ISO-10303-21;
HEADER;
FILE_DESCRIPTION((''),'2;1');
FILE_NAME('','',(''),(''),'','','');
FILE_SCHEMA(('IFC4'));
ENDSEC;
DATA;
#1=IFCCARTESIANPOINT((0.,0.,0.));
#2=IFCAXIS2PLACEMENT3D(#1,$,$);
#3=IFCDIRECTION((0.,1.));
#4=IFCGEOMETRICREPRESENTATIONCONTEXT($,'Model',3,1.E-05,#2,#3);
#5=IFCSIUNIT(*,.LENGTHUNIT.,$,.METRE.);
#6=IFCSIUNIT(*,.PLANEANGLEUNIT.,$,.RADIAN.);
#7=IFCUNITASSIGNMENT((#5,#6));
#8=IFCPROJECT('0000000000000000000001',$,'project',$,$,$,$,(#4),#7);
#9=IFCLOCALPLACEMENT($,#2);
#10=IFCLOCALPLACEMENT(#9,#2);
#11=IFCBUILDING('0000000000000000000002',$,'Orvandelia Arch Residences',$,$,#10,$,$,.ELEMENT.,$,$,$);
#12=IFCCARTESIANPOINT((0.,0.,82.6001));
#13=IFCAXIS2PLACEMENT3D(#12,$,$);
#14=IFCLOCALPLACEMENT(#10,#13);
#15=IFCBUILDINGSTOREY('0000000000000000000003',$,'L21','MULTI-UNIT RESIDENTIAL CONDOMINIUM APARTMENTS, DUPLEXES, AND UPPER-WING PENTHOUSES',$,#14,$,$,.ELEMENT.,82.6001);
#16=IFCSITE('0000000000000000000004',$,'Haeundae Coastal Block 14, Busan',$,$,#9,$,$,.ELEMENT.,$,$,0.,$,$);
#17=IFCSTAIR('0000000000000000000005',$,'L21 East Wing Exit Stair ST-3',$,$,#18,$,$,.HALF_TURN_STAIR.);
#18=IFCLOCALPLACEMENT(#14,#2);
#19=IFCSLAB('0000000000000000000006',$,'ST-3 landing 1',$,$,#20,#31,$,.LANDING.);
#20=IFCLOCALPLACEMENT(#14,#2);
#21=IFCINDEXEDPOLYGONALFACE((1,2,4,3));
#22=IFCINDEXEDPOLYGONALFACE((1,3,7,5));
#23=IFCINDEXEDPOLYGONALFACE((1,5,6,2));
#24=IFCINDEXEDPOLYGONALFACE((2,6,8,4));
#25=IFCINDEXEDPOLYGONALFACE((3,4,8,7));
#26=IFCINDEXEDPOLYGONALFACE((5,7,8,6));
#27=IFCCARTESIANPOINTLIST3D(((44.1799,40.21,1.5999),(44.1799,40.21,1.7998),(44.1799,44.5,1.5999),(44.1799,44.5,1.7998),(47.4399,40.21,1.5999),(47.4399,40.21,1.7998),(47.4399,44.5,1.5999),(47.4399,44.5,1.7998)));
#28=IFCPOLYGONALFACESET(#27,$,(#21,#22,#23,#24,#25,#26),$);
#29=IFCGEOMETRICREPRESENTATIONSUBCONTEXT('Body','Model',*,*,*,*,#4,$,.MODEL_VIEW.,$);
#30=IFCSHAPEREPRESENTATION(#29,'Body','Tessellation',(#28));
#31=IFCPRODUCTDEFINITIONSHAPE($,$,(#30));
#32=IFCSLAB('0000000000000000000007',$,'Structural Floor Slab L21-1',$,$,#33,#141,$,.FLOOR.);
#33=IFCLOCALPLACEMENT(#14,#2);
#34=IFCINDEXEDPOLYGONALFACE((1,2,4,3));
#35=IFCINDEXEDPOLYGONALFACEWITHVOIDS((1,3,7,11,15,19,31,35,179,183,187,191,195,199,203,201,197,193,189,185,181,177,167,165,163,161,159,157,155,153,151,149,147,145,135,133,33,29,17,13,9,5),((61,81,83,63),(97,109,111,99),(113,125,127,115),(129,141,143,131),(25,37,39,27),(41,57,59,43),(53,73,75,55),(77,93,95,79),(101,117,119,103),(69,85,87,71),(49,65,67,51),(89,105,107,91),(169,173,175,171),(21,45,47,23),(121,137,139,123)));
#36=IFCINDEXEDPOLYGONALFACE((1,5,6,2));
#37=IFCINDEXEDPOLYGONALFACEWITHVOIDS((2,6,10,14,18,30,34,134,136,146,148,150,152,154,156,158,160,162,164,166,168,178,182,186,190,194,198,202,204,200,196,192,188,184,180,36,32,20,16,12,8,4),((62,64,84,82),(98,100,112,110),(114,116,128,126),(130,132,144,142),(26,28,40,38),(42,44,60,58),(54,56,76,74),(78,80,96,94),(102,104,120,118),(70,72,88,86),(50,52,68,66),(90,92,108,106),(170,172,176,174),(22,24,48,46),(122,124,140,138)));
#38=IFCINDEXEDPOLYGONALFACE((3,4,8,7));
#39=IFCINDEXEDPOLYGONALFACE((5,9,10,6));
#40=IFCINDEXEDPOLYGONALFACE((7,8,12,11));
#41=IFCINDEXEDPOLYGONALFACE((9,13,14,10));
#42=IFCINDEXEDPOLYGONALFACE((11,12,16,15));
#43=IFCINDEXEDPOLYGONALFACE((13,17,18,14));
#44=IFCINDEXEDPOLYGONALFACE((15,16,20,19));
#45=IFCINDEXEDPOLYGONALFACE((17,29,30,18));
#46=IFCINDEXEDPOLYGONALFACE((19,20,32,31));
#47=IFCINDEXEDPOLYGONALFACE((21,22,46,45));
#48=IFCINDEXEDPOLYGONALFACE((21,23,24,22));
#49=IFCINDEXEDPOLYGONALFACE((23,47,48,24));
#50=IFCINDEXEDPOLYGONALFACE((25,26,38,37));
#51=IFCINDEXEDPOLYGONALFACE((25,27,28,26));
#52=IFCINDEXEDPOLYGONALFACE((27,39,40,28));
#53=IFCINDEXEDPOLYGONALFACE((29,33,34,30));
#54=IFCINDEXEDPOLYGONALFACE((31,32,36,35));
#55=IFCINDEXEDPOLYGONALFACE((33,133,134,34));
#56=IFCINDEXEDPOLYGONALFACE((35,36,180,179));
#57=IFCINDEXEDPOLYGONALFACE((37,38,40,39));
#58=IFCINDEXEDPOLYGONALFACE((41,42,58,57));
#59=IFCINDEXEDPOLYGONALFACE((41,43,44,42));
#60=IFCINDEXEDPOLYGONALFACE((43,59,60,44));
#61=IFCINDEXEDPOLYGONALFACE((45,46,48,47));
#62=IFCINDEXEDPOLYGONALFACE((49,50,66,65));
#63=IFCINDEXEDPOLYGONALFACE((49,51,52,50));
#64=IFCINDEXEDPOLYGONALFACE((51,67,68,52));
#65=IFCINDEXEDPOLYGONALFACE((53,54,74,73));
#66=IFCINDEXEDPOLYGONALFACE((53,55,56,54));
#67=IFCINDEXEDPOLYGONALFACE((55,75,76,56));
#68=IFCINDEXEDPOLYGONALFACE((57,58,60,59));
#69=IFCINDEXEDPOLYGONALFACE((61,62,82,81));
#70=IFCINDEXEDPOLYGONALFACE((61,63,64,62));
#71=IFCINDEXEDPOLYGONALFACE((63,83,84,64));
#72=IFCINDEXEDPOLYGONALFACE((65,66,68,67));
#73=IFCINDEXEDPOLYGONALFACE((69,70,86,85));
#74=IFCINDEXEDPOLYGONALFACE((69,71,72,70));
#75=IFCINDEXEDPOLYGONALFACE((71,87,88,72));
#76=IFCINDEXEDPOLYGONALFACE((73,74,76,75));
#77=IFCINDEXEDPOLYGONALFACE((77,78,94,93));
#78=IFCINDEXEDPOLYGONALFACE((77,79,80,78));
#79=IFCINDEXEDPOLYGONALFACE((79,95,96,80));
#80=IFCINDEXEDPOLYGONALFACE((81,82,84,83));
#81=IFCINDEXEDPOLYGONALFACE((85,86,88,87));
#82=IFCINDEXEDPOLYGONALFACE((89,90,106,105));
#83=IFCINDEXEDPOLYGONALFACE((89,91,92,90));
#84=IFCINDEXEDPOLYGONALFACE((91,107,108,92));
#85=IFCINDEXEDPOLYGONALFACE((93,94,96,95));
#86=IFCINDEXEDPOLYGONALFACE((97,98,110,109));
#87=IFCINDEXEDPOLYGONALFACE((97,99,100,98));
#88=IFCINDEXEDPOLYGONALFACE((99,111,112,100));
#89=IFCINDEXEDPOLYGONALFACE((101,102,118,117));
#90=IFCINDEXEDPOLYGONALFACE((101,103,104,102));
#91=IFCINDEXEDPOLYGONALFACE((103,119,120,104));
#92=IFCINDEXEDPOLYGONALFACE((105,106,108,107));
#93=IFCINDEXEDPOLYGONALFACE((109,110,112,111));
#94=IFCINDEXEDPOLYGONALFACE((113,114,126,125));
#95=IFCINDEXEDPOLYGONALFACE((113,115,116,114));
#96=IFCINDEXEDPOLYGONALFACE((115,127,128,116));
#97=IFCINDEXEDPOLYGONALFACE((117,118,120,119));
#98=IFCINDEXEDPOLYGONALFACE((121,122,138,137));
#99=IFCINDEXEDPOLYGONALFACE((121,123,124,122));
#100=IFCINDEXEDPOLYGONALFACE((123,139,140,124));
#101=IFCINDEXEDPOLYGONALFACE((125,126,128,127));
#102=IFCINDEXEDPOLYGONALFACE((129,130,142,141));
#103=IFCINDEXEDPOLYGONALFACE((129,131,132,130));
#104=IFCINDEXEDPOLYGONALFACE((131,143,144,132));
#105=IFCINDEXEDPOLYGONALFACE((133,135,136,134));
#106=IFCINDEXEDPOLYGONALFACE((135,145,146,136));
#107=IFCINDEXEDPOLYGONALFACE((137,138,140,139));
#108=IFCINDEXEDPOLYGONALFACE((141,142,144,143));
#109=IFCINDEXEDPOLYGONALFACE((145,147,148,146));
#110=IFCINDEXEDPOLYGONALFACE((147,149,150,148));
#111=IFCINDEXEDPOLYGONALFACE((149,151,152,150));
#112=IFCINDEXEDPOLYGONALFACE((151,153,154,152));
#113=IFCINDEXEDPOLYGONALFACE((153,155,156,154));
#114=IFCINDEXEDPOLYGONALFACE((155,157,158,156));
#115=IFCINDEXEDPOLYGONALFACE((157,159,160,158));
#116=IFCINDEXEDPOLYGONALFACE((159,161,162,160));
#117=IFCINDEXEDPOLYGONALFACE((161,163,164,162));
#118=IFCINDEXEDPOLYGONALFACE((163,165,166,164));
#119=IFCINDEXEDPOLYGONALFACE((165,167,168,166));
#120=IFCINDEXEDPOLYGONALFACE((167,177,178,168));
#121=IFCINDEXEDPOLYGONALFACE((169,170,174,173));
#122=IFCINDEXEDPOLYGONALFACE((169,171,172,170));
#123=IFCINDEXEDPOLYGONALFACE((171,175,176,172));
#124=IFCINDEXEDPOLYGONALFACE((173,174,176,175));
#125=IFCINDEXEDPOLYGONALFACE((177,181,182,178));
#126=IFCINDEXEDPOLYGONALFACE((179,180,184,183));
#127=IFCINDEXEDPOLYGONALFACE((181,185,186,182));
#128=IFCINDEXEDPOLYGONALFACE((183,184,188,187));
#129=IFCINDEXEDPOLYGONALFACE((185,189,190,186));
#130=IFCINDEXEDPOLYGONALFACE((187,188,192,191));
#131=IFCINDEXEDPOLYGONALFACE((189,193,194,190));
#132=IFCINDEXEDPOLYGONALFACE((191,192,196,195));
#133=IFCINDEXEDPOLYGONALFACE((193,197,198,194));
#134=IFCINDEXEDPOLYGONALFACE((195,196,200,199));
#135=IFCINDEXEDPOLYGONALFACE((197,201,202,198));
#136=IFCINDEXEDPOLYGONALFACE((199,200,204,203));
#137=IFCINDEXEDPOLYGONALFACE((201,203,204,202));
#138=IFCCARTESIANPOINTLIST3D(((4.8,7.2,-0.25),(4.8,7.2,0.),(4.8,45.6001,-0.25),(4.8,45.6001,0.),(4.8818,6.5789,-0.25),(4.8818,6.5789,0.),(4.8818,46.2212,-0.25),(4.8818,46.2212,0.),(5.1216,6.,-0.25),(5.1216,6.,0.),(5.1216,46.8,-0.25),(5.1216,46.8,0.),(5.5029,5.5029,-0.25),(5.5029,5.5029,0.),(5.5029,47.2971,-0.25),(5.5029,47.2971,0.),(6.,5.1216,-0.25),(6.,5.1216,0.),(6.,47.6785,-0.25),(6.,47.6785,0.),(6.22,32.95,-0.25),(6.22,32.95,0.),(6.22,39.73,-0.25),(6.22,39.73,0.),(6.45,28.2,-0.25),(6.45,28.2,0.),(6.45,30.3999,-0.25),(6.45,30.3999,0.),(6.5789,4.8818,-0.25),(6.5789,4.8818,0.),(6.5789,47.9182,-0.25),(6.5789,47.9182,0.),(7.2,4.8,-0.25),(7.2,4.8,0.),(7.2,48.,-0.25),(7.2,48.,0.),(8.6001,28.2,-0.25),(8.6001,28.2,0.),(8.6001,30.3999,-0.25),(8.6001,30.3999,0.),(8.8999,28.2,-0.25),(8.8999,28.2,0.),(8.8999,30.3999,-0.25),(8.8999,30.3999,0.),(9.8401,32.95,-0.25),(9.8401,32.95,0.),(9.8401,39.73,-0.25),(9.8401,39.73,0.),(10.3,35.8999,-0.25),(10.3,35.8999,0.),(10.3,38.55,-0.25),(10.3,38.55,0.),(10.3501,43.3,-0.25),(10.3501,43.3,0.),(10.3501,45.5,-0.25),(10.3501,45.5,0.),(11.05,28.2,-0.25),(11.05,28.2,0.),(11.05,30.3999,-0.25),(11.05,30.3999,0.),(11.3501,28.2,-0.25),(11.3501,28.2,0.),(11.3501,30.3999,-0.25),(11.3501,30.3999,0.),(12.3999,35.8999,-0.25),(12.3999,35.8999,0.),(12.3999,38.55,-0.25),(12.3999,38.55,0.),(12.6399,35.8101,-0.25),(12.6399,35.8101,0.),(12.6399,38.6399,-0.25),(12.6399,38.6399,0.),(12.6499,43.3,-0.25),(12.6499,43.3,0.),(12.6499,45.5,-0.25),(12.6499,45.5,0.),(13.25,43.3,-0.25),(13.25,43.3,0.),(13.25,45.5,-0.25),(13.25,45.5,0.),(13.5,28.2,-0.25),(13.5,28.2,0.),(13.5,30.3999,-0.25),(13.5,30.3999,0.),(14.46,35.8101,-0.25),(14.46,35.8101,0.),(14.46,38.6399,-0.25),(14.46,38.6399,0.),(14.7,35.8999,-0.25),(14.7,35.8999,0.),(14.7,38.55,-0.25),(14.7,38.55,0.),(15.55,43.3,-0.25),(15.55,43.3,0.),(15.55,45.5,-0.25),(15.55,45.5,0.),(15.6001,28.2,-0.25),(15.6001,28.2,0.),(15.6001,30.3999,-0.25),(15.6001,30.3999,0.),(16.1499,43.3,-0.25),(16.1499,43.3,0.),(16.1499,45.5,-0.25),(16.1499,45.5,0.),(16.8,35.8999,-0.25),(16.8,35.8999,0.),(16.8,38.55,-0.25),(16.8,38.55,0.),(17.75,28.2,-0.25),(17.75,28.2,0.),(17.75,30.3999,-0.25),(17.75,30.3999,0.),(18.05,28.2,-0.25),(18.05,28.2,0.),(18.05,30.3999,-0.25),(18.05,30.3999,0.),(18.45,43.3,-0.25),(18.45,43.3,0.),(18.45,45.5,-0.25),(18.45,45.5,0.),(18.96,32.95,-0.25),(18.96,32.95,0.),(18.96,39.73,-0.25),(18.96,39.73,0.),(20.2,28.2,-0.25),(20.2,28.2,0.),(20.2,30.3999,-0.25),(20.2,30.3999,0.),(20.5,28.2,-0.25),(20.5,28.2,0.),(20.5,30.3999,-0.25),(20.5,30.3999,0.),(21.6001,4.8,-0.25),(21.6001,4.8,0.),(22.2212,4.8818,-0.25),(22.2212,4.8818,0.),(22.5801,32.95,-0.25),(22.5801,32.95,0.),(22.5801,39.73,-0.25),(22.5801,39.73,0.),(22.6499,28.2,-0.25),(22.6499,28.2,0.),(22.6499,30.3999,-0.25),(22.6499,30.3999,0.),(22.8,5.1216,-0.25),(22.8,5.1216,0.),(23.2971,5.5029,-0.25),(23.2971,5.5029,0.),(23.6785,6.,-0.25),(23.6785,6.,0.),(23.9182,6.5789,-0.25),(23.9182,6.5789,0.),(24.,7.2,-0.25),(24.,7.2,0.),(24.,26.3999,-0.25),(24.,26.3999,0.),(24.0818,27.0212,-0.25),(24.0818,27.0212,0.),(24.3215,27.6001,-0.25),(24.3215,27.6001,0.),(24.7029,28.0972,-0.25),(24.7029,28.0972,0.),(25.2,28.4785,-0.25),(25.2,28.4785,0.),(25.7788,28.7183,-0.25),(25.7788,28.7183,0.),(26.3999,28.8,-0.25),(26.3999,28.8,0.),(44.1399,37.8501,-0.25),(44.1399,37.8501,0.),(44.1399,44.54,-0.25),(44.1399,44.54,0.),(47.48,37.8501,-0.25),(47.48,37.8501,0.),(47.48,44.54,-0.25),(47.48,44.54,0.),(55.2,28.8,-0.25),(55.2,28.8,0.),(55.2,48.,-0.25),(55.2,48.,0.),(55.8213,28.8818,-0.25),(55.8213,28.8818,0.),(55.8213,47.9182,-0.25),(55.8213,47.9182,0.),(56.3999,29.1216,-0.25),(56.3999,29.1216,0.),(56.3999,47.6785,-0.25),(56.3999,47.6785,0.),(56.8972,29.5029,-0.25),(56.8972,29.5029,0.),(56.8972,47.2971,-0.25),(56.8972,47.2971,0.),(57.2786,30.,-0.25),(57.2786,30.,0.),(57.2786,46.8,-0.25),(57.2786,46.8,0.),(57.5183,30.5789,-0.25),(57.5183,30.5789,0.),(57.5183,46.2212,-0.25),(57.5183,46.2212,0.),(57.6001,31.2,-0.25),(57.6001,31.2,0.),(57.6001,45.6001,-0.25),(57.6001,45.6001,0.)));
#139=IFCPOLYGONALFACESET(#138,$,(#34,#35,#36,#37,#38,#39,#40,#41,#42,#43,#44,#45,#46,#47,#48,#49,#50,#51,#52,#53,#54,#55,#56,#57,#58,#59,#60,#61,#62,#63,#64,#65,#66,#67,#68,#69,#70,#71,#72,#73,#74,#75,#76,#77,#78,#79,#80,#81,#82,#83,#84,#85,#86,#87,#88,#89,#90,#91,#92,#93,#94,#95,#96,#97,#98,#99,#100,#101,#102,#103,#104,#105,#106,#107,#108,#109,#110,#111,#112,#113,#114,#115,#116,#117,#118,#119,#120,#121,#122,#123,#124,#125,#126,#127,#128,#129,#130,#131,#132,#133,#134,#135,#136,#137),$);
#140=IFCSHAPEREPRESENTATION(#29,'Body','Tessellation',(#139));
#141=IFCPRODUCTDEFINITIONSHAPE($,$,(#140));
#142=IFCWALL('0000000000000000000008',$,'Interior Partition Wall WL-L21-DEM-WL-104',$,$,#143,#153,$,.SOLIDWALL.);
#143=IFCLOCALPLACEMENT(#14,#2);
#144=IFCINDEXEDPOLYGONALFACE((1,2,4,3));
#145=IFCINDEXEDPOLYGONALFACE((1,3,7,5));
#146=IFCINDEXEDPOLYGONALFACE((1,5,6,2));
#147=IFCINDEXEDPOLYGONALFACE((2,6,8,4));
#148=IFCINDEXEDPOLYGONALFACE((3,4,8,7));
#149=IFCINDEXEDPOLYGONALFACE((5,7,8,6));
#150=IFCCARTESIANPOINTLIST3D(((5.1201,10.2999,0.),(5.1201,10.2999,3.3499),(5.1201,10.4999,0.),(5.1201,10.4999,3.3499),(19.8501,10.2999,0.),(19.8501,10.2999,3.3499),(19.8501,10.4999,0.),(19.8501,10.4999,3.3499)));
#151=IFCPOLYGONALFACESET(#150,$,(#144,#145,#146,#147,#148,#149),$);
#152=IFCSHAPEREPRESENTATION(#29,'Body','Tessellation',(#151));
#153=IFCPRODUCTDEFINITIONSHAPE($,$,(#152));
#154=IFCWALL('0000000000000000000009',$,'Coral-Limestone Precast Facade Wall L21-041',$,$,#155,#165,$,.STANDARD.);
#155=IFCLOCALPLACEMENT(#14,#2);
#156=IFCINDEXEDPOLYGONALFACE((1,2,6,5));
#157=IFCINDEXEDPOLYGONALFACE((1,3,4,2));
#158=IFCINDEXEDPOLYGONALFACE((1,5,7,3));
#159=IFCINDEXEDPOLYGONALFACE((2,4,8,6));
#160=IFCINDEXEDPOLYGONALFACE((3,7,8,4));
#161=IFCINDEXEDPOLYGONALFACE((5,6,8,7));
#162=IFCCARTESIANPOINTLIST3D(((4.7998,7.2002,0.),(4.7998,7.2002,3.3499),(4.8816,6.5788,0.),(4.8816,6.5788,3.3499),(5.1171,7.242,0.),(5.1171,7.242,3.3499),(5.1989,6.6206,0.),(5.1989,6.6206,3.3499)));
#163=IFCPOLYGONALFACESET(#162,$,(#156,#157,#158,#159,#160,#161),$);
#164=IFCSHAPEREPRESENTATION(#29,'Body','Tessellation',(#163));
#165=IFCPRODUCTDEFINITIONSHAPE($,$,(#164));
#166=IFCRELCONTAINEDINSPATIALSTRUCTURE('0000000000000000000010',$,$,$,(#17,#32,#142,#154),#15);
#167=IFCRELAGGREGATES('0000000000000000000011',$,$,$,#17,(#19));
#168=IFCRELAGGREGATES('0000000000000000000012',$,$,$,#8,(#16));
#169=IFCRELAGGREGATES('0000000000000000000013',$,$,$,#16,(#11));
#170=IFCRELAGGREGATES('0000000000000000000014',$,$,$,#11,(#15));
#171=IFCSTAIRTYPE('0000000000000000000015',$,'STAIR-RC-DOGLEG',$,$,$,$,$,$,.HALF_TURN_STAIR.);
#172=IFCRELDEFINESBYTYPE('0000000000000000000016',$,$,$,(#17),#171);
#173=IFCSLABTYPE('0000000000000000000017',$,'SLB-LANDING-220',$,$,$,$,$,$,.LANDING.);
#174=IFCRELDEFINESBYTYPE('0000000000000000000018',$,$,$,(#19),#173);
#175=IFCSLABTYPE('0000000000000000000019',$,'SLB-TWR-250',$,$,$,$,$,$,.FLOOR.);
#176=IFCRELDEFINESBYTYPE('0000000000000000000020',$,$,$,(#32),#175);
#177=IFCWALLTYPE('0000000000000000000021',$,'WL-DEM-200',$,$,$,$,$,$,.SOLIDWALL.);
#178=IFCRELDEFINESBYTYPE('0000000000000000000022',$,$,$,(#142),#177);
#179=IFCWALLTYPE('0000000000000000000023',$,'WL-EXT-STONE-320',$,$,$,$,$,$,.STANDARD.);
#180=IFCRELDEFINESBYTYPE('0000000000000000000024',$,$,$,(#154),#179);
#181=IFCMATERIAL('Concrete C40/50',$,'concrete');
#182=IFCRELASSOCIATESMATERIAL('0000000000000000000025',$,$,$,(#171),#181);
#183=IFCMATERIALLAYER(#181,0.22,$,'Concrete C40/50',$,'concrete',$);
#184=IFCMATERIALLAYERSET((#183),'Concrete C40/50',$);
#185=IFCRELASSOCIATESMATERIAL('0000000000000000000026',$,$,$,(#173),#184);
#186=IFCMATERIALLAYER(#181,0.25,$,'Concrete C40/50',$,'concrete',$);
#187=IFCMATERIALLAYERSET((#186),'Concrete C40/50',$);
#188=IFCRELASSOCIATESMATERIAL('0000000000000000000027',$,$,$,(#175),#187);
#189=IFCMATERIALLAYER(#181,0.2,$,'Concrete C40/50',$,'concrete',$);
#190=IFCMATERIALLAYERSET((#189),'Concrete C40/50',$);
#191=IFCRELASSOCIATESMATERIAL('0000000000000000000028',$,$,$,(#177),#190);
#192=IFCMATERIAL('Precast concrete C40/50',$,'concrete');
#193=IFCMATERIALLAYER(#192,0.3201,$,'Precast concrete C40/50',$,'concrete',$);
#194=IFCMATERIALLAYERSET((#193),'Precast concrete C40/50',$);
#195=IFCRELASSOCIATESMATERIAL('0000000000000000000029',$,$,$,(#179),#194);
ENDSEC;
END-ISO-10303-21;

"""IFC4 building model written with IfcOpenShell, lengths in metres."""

from ifc_helpers import new_model, si_unit, direction, frame, frame_2d, origin, place, context, subcontext, project, spatial, polyline, rectangle, outline, extrude, material, layer, layer_set, type_object, element, aggregate, save


model = new_model("IFC4")

# Units and contexts
model_context = context("Model", 3, precision=1e-05, world=origin(), true_north=direction((0.0, 1.0)))
body_context = subcontext(model_context, "Body", "Model", "MODEL_VIEW")
ifc_project = project(units=[si_unit("LENGTHUNIT", "METRE"), si_unit("PLANEANGLEUNIT", "RADIAN")], contexts=[model_context])

# Site, building, storey
site_placement = place(None, origin())
site = spatial("IfcSite", under=ifc_project, at=site_placement, Name="Haeundae Coastal Block 14, Busan", CompositionType="ELEMENT", RefElevation=0.0)
building_placement = place(site_placement, origin())
building = spatial("IfcBuilding", under=site, at=building_placement, Name="Orvandelia Arch Residences", CompositionType="ELEMENT")
storey_placement = place(building_placement, frame((0.0, 0.0, 82.6001)))
storey = spatial("IfcBuildingStorey", under=building, at=storey_placement, Name="L21", Description="MULTI-UNIT RESIDENTIAL CONDOMINIUM APARTMENTS, DUPLEXES, AND UPPER-WING PENTHOUSES", CompositionType="ELEMENT", Elevation=82.6001)

# Shared definitions
ifc_material_1 = material(Name="Precast concrete C40/50", Category="concrete")

# Stair, slab
ifc_material_2 = material(Name="Concrete C40/50", Category="concrete")
stair_type = type_object("IfcStairType", Name="STAIR-RC-DOGLEG", PredefinedType="HALF_TURN_STAIR", material=ifc_material_2)
ifc_layer_1 = layer(ifc_material_2, 0.22, Name="Concrete C40/50", Category="concrete")
ifc_layer_set_1 = layer_set([ifc_layer_1], Name="Concrete C40/50")
slab_type_1 = type_object("IfcSlabType", Name="SLB-LANDING-220", PredefinedType="LANDING", material=ifc_layer_set_1)
stair_1_placement = place(storey_placement, origin())
stair_1 = element("IfcStair", 1, at=stair_1_placement, inside=storey, type_object=stair_type, Name="L21 East Wing Exit Stair ST-3", PredefinedType="HALF_TURN_STAIR")
slab_1_placement = place(storey_placement, frame((0.0, 0.0, 1.5999)))
slab_1 = element("IfcSlab", 2, at=slab_1_placement, type_object=slab_type_1, Name="ST-3 landing 1", PredefinedType="LANDING", context=body_context, shape_type="SweptSolid", body=[
    extrude(outline(polyline([(47.4399, 40.21), (47.4399, 44.5), (44.1799, 44.5), (44.1799, 40.21), (47.4399, 40.21)])), origin(), (0.0, 0.0, 1.0), 0.2),
])
aggregate(stair_1, [slab_1])

# Slab
ifc_layer_2 = layer(ifc_material_2, 0.25, Name="Concrete C40/50", Category="concrete")
ifc_layer_set_2 = layer_set([ifc_layer_2], Name="Concrete C40/50")
slab_type_2 = type_object("IfcSlabType", Name="SLB-TWR-250", PredefinedType="FLOOR", material=ifc_layer_set_2)
slab_2_placement = place(storey_placement, frame((0.0, 0.0, -0.25)))
element("IfcSlab", 3, at=slab_2_placement, inside=storey, type_object=slab_type_2, Name="Structural Floor Slab L21-1", PredefinedType="FLOOR", context=body_context, shape_type="SweptSolid", body=[
    extrude(outline(polyline([(4.8, 7.2), (4.8818, 6.5789), (5.1216, 6.0), (5.5029, 5.5029), (6.0, 5.1216), (6.5789, 4.8818), (7.2, 4.8), (21.6001, 4.8), (22.2212, 4.8818), (22.8, 5.1216), (23.2971, 5.5029), (23.6785, 6.0), (23.9182, 6.5789), (24.0, 7.2), (24.0, 26.3999), (24.0818, 27.0212), (24.3215, 27.6001), (24.7029, 28.0972), (25.2, 28.4785), (25.7788, 28.7183), (26.3999, 28.8), (55.2, 28.8), (55.8213, 28.8818), (56.3999, 29.1216), (56.8972, 29.5029), (57.2786, 30.0), (57.5183, 30.5789), (57.6001, 31.2), (57.6001, 45.6001), (57.5183, 46.2212), (57.2786, 46.8), (56.8972, 47.2971), (56.3999, 47.6785), (55.8213, 47.9182), (55.2, 48.0), (7.2, 48.0), (6.5789, 47.9182), (6.0, 47.6785), (5.5029, 47.2971), (5.1216, 46.8), (4.8818, 46.2212), (4.8, 45.6001), (4.8, 7.2)]), holes=[polyline([(6.22, 32.95), (9.8401, 32.95), (9.8401, 39.73), (6.22, 39.73), (6.22, 32.95)]), polyline([(18.96, 32.95), (22.5801, 32.95), (22.5801, 39.73), (18.96, 39.73), (18.96, 32.95)]), polyline([(44.1399, 37.8501), (47.48, 37.8501), (47.48, 44.54), (44.1399, 44.54), (44.1399, 37.8501)]), polyline([(12.6399, 35.8101), (14.46, 35.8101), (14.46, 38.6399), (12.6399, 38.6399), (12.6399, 35.8101)]), polyline([(10.3, 35.8999), (12.3999, 35.8999), (12.3999, 38.55), (10.3, 38.55), (10.3, 35.8999)]), polyline([(14.7, 35.8999), (16.8, 35.8999), (16.8, 38.55), (14.7, 38.55), (14.7, 35.8999)]), polyline([(10.3501, 43.3), (12.6499, 43.3), (12.6499, 45.5), (10.3501, 45.5), (10.3501, 43.3)]), polyline([(13.25, 43.3), (15.55, 43.3), (15.55, 45.5), (13.25, 45.5), (13.25, 43.3)]), polyline([(16.1499, 43.3), (18.45, 43.3), (18.45, 45.5), (16.1499, 45.5), (16.1499, 43.3)]), polyline([(6.45, 28.2), (8.6001, 28.2), (8.6001, 30.3999), (6.45, 30.3999), (6.45, 28.2)]), polyline([(8.8999, 28.2), (11.05, 28.2), (11.05, 30.3999), (8.8999, 30.3999), (8.8999, 28.2)]), polyline([(11.3501, 28.2), (13.5, 28.2), (13.5, 30.3999), (11.3501, 30.3999), (11.3501, 28.2)]), polyline([(15.6001, 28.2), (17.75, 28.2), (17.75, 30.3999), (15.6001, 30.3999), (15.6001, 28.2)]), polyline([(18.05, 28.2), (20.2, 28.2), (20.2, 30.3999), (18.05, 30.3999), (18.05, 28.2)]), polyline([(20.5, 28.2), (22.6499, 28.2), (22.6499, 30.3999), (20.5, 30.3999), (20.5, 28.2)])]), origin(), (0.0, 0.0, 1.0), 0.25),
])

# Walls
ifc_layer_3 = layer(ifc_material_2, 0.2, Name="Concrete C40/50", Category="concrete")
ifc_layer_set_3 = layer_set([ifc_layer_3], Name="Concrete C40/50")
wall_type_1 = type_object("IfcWallType", Name="WL-DEM-200", PredefinedType="SOLIDWALL", material=ifc_layer_set_3)
wall_1_placement = place(storey_placement, frame((5.1201, 10.3999, 0.0), z_axis=(0.0, 0.0, 1.0), x_axis=(1.0, 0.0, 0.0)))
element("IfcWall", 4, at=wall_1_placement, inside=storey, type_object=wall_type_1, Name="Interior Partition Wall WL-L21-DEM-WL-104", PredefinedType="SOLIDWALL", context=body_context, shape_type="SweptSolid", body=[
    extrude(rectangle(XDim=14.73, YDim=0.2, at=frame_2d((7.365, 0.0))), origin(), (0.0, 0.0, 1.0), 3.3499),
])
ifc_layer_4 = layer(ifc_material_1, 0.3201, Name="Precast concrete C40/50", Category="concrete")
ifc_layer_set_4 = layer_set([ifc_layer_4], Name="Precast concrete C40/50")
wall_type_2 = type_object("IfcWallType", Name="WL-EXT-STONE-320", PredefinedType="STANDARD", material=ifc_layer_set_4)
wall_2_placement = place(storey_placement, frame((5.0403, 6.5996, 0.0), z_axis=(0.0, 0.0, 1.0), x_axis=(-0.130505, 0.991448, 0.0)))
element("IfcWall", 5, at=wall_2_placement, inside=storey, type_object=wall_type_2, Name="Coral-Limestone Precast Facade Wall L21-041", PredefinedType="STANDARD", context=body_context, shape_type="SweptSolid", body=[
    extrude(rectangle(XDim=0.6267, YDim=0.3201, at=frame_2d((0.3135, 0.0))), origin(), (0.0, 0.0, 1.0), 3.3499),
])

save(model, "model.ifc")
